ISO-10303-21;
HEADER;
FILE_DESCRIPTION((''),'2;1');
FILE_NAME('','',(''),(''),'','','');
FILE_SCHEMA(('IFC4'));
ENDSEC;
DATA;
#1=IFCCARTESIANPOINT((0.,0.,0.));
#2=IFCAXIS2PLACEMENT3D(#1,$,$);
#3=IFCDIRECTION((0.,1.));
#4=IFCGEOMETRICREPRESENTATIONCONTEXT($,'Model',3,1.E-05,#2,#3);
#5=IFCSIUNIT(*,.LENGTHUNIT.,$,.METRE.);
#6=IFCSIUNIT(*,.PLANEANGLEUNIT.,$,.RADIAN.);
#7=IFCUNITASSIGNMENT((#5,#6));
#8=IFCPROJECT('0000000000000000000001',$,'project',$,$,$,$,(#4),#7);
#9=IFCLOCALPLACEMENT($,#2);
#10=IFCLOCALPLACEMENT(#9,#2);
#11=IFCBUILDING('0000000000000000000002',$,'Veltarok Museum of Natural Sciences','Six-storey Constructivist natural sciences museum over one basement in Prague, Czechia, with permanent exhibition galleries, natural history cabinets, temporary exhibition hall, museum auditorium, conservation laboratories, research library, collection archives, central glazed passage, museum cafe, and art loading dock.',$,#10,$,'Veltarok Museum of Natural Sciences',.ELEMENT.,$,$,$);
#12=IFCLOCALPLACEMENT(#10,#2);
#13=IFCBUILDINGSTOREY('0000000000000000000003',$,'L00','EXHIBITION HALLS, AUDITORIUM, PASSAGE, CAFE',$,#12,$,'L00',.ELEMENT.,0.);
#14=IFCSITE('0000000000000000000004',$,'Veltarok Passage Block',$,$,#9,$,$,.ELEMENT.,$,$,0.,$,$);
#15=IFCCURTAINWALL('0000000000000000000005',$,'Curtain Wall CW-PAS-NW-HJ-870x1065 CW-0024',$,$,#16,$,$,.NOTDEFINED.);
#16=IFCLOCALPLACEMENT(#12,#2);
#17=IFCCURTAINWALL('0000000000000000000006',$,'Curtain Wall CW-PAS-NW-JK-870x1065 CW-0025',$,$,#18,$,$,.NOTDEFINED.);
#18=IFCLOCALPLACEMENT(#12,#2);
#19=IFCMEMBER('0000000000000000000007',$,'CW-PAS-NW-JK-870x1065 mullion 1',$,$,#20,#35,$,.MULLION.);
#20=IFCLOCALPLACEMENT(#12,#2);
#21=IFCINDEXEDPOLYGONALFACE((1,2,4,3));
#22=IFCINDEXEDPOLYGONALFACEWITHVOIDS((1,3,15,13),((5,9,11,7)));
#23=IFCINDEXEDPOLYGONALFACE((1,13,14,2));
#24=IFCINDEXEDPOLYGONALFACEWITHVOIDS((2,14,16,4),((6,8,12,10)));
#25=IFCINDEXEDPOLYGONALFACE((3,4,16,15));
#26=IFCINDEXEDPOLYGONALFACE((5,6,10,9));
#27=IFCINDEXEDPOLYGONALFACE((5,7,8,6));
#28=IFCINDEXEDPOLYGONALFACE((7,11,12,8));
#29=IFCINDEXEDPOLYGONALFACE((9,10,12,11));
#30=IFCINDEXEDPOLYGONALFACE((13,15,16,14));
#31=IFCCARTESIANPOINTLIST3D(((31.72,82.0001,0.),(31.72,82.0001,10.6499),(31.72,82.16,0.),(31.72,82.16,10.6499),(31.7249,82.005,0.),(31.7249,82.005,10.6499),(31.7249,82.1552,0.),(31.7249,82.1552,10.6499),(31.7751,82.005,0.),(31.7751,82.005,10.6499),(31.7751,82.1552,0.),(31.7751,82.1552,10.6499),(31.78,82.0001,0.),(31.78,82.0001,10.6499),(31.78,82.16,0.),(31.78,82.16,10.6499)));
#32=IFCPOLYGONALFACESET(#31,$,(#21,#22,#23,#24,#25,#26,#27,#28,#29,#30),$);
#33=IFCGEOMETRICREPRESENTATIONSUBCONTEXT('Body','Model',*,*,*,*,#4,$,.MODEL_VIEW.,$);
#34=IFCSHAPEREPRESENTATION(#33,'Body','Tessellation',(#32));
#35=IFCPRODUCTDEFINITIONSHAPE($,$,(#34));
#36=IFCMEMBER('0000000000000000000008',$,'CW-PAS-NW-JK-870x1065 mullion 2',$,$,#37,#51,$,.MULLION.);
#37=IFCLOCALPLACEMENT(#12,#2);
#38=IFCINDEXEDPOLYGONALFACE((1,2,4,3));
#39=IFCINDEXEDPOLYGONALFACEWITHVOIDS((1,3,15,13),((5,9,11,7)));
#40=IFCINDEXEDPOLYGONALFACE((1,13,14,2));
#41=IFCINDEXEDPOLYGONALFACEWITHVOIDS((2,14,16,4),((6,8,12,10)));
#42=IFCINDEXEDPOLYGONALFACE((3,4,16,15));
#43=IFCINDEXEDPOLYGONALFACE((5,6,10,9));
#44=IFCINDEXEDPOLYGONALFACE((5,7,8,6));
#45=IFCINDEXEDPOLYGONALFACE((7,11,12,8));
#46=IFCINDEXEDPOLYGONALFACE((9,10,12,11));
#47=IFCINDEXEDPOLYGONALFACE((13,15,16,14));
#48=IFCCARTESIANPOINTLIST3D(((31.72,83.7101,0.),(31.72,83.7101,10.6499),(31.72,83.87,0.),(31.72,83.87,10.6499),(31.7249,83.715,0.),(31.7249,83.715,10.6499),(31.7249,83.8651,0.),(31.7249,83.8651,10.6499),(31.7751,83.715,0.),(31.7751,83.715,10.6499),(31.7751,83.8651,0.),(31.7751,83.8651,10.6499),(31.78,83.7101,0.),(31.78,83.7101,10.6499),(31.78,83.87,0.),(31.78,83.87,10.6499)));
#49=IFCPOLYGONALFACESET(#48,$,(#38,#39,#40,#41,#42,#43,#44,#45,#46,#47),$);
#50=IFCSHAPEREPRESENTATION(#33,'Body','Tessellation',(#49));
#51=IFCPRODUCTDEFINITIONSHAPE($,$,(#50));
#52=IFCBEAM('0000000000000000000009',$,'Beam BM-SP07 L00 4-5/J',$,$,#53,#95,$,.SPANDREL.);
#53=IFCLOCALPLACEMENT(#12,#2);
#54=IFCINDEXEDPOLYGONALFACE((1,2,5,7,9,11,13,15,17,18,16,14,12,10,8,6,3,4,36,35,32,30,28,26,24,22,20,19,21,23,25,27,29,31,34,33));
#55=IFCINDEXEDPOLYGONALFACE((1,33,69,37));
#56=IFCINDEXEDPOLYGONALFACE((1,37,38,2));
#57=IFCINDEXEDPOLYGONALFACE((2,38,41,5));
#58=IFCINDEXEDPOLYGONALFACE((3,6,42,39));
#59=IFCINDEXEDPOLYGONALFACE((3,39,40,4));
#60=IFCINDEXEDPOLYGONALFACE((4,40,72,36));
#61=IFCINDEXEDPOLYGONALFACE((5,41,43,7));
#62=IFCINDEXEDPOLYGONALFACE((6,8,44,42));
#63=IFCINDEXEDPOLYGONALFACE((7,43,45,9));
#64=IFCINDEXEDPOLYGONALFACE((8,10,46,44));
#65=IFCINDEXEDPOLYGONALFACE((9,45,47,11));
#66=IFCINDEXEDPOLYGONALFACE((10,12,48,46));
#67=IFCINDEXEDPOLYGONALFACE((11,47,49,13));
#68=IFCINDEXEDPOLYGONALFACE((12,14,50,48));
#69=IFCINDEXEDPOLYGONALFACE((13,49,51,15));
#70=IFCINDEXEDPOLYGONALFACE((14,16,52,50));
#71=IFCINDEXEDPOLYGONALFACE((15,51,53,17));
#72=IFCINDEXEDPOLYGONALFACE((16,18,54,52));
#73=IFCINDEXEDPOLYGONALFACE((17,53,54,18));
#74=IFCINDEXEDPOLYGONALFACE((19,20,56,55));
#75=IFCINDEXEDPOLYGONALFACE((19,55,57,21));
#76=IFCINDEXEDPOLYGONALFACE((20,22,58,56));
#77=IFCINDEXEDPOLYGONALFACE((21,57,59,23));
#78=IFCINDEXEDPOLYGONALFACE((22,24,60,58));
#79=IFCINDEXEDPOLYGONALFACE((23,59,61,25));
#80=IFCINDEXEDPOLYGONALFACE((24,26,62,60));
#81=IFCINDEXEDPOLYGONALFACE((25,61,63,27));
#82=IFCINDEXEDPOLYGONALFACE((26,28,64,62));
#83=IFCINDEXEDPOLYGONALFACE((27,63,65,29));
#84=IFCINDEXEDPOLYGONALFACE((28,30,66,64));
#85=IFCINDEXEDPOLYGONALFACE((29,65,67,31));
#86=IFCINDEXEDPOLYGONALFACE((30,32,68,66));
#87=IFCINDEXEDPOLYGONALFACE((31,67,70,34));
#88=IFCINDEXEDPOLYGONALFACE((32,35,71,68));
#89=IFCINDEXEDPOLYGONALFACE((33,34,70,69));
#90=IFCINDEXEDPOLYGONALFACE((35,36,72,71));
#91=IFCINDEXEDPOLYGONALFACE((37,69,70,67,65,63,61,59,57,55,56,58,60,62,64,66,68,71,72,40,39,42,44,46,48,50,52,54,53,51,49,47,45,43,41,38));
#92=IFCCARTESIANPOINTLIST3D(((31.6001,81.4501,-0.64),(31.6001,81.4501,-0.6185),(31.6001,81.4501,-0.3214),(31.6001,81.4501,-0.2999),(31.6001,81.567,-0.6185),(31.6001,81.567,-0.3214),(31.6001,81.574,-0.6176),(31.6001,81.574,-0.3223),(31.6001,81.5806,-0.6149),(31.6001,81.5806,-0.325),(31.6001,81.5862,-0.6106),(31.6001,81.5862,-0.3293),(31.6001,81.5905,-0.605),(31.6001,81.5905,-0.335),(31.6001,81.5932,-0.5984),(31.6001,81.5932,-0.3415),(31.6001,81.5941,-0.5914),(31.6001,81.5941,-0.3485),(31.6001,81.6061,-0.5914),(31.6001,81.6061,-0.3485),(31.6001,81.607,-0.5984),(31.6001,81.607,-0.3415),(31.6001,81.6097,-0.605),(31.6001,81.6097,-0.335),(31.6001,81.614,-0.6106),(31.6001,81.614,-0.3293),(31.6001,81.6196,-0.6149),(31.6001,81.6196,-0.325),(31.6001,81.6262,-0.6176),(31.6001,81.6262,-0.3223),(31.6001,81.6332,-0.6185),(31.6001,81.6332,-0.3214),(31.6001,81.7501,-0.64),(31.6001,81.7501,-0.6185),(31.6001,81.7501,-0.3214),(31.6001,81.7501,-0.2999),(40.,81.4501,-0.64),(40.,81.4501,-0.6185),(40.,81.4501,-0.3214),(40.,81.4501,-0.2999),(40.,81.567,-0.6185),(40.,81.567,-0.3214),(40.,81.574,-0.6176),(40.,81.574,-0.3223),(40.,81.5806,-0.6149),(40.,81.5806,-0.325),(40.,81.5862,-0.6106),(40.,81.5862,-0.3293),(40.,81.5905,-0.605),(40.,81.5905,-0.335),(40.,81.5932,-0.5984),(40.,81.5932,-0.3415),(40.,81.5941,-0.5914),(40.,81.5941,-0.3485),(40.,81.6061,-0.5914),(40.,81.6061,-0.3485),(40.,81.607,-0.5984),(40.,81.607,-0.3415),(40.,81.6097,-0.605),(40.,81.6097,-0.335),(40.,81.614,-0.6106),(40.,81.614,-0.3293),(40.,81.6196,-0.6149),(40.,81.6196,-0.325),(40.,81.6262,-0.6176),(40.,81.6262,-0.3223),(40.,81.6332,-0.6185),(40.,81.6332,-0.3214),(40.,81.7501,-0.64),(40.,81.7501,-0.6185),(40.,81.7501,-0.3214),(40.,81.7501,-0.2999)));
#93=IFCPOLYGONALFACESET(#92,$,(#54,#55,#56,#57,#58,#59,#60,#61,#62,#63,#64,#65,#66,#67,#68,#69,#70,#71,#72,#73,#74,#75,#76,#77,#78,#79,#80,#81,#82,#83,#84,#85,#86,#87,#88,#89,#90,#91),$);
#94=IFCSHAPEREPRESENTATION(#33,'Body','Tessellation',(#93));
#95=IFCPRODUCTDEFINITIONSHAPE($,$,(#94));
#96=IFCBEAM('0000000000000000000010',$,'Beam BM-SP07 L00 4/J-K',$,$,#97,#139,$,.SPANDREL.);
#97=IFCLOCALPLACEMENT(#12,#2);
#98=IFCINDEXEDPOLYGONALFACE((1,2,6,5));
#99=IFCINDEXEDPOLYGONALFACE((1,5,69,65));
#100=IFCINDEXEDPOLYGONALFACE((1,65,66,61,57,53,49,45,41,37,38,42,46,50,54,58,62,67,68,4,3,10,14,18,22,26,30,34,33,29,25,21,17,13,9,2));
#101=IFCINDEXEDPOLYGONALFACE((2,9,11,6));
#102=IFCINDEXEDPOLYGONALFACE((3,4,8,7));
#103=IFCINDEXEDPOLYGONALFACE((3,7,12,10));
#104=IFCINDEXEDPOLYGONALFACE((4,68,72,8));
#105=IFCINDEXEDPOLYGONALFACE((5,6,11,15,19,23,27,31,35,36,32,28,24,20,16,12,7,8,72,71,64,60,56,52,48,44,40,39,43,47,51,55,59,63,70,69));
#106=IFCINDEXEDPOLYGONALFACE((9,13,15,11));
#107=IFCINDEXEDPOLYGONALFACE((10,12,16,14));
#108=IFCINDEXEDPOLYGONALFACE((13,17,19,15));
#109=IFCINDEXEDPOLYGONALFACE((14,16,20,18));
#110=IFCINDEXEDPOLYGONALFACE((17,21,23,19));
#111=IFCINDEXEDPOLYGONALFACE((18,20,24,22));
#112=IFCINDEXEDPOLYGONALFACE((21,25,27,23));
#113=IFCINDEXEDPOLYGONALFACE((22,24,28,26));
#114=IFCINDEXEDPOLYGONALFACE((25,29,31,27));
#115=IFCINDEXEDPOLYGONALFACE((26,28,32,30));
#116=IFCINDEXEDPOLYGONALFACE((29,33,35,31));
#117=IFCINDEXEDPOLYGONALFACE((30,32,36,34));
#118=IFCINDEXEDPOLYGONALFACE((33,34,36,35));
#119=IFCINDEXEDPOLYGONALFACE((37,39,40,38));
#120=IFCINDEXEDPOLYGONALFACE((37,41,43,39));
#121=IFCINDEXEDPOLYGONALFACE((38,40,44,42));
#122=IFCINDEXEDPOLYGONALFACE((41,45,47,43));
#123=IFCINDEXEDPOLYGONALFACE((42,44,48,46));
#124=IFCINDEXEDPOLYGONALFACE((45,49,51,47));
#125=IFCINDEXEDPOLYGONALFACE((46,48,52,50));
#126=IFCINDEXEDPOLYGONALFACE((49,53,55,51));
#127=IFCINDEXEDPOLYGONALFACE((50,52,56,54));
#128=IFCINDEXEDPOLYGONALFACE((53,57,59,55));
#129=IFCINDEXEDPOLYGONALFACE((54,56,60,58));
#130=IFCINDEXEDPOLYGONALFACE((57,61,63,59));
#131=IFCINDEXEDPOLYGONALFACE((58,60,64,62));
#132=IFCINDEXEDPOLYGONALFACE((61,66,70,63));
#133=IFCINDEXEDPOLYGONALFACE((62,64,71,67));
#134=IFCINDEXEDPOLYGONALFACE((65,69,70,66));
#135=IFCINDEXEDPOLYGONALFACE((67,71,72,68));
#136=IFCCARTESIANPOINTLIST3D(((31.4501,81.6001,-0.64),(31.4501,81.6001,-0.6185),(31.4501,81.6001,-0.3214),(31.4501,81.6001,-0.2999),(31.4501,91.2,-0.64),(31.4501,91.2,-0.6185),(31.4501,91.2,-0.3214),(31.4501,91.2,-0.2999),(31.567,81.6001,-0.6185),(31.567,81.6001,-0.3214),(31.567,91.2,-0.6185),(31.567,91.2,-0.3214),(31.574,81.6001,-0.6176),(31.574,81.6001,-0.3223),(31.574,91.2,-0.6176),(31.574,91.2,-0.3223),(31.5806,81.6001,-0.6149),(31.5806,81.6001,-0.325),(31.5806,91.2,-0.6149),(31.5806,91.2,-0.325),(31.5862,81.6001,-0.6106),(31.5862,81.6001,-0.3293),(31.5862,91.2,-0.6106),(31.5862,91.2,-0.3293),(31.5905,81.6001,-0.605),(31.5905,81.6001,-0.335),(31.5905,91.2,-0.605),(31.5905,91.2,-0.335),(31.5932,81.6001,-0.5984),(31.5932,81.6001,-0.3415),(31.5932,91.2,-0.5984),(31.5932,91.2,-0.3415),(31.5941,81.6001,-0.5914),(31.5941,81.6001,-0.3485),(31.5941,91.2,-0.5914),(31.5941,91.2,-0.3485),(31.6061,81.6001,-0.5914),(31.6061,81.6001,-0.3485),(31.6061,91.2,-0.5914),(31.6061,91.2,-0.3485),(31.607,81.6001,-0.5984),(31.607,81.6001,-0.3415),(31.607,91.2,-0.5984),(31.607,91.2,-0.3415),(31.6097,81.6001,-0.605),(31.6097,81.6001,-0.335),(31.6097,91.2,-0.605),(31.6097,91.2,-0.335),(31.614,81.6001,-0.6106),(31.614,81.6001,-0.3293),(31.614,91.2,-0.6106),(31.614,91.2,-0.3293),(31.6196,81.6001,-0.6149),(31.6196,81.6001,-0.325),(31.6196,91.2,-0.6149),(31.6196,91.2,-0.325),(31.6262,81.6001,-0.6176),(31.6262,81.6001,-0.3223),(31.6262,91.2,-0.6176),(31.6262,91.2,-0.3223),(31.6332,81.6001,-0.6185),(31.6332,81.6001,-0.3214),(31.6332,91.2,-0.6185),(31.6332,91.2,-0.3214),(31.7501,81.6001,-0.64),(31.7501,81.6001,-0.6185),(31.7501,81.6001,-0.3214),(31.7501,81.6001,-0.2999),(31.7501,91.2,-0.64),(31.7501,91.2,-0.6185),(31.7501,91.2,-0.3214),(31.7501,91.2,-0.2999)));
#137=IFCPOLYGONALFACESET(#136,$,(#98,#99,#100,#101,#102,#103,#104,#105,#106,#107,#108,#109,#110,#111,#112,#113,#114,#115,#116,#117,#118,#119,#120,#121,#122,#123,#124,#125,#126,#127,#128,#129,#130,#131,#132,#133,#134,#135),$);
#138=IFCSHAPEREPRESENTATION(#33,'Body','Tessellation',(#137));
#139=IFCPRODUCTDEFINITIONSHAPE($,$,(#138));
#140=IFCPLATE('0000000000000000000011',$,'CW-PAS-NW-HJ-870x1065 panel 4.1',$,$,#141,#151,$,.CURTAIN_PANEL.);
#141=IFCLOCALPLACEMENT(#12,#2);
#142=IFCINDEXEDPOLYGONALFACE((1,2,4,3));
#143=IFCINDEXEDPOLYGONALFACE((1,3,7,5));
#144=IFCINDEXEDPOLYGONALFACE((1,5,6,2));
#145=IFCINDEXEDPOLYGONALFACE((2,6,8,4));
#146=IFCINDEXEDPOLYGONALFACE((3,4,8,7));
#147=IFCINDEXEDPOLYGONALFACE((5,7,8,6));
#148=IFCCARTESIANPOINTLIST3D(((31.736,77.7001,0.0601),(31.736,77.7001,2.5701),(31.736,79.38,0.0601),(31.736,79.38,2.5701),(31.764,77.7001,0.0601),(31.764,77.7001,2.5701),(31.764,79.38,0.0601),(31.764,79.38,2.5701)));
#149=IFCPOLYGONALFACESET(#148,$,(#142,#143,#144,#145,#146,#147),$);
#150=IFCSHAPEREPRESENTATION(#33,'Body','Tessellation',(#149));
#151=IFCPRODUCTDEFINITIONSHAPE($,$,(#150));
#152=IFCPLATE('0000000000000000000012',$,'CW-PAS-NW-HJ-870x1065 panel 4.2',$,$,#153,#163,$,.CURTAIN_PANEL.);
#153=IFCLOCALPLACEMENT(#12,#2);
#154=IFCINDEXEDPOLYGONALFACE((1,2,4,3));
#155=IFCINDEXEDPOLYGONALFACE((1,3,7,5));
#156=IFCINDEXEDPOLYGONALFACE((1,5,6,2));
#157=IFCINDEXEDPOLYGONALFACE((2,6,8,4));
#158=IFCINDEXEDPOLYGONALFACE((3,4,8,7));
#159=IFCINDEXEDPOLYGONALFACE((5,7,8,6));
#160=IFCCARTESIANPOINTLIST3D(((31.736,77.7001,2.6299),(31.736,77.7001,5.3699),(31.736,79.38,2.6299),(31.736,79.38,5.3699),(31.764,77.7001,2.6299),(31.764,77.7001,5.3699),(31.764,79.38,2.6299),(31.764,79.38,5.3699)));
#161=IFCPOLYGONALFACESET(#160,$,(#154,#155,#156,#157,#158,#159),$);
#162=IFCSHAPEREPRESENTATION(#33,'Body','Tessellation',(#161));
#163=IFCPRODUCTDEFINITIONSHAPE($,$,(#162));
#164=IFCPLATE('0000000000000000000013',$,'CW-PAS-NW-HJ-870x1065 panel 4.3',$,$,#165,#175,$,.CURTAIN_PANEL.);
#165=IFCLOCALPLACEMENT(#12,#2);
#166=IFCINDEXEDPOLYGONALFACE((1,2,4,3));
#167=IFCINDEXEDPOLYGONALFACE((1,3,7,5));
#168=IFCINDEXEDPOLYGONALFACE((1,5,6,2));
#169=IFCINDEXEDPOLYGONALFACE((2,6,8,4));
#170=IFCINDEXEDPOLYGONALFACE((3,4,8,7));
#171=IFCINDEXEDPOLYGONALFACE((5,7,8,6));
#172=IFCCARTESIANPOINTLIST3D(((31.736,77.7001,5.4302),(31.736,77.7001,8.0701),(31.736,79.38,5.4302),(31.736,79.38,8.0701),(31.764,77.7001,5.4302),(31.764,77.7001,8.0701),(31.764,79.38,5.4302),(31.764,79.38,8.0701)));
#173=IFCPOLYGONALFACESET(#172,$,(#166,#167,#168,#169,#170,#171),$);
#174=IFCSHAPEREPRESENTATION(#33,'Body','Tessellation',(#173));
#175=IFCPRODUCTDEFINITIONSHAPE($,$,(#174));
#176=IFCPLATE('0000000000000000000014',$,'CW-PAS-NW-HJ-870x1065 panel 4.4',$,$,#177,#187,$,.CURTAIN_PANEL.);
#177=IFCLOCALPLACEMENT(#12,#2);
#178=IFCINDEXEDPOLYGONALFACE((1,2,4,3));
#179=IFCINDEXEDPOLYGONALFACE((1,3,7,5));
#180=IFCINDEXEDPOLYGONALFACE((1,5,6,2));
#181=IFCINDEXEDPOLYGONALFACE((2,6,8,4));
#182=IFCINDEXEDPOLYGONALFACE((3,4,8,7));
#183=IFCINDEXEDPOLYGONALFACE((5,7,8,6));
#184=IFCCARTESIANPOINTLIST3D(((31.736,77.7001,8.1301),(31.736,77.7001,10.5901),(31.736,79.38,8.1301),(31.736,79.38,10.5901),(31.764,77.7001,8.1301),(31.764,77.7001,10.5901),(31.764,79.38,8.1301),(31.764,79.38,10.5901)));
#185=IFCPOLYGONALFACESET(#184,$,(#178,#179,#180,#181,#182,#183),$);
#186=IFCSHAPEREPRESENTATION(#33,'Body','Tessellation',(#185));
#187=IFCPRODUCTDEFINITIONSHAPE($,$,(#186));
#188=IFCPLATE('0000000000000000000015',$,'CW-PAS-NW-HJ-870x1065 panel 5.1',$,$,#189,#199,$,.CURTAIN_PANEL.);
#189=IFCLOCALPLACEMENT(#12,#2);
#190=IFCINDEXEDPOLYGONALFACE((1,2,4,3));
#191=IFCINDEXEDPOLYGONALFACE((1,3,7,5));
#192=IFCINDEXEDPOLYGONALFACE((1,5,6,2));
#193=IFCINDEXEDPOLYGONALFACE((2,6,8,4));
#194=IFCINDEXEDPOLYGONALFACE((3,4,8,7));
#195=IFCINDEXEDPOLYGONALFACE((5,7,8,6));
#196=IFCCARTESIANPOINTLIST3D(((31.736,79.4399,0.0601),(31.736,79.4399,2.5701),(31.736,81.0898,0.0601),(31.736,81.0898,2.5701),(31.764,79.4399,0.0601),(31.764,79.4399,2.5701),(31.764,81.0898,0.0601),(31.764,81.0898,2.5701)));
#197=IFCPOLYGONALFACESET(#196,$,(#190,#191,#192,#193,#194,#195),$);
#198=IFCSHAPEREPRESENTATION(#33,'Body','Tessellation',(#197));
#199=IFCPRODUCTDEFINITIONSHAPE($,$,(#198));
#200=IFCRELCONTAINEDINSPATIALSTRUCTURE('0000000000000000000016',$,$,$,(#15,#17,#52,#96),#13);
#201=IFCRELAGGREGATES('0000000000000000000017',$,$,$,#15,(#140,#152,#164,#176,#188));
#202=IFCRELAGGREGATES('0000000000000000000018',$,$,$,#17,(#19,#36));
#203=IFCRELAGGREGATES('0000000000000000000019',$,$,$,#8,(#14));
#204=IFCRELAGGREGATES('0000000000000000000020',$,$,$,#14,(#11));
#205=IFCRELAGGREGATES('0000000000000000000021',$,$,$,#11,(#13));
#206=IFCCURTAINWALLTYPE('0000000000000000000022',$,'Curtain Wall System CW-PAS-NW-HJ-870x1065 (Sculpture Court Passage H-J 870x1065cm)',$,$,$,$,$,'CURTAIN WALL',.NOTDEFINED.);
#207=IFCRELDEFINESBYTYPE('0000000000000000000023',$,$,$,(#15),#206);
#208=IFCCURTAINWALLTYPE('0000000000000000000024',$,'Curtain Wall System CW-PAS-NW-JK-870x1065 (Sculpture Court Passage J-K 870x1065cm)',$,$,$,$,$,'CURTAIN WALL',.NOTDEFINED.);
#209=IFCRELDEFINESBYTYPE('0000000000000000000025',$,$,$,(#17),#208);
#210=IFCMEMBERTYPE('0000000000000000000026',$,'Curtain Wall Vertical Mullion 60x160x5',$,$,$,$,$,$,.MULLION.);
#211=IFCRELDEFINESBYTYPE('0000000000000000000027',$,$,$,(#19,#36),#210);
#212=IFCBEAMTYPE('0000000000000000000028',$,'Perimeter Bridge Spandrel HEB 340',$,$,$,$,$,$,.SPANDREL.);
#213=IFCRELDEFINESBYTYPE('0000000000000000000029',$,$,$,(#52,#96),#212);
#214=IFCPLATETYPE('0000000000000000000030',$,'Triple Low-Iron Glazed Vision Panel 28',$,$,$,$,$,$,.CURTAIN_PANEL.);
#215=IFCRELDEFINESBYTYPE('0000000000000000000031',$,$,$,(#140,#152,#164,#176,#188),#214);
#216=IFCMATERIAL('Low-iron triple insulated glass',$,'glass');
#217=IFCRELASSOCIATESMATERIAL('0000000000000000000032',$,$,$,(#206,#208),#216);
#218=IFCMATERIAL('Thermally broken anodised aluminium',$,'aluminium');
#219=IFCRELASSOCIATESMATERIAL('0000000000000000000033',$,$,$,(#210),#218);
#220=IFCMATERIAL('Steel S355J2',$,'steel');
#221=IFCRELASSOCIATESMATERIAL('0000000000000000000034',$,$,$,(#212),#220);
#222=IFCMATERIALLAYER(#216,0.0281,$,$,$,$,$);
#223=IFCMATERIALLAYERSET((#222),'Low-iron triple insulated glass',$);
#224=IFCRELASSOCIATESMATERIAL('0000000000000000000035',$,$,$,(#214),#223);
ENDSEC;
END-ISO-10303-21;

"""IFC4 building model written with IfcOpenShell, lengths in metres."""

from ifc_helpers import new_model, si_unit, direction, frame, origin, origin_2d, place, context, subcontext, project, spatial, rectangle, hollow_rectangle, i_section, extrude, material, layer, layer_set, material_profile, profile_set, type_object, element, aggregate, save


model = new_model("IFC4")

# Units and contexts
model_context = context("Model", 3, precision=1e-05, world=origin(), true_north=direction((0.0, 1.0)))
body_context = subcontext(model_context, "Body", "Model", "MODEL_VIEW")
ifc_project = project(units=[si_unit("LENGTHUNIT", "METRE"), si_unit("PLANEANGLEUNIT", "RADIAN")], contexts=[model_context])

# Site, building, storey
site_placement = place(None, origin())
site = spatial("IfcSite", under=ifc_project, at=site_placement, Name="Veltarok Passage Block", CompositionType="ELEMENT", RefElevation=0.0)
building_placement = place(site_placement, origin())
building = spatial("IfcBuilding", under=site, at=building_placement, Name="Veltarok Museum of Natural Sciences", Description="Six-storey Constructivist natural sciences museum over one basement in Prague, Czechia, with permanent exhibition galleries, natural history cabinets, temporary exhibition hall, museum auditorium, conservation laboratories, research library, collection archives, central glazed passage, museum cafe, and art loading dock.", LongName="Veltarok Museum of Natural Sciences", CompositionType="ELEMENT")
storey_placement = place(building_placement, origin())
storey = spatial("IfcBuildingStorey", under=building, at=storey_placement, Name="L00", Description="EXHIBITION HALLS, AUDITORIUM, PASSAGE, CAFE", LongName="L00", CompositionType="ELEMENT", Elevation=0.0)

# Shared definitions
ifc_material_1 = material(Name="Steel S355J2", Category="steel")

# Curtain walls
ifc_material_2 = material(Name="Low-iron triple insulated glass", Category="glass")
curtain_wall_type_1 = type_object("IfcCurtainWallType", Name="Curtain Wall System CW-PAS-NW-HJ-870x1065 (Sculpture Court Passage H-J 870x1065cm)", ElementType="CURTAIN WALL", PredefinedType="NOTDEFINED", material=ifc_material_2)
curtain_wall_1_placement = place(storey_placement, origin())
curtain_wall_1 = element("IfcCurtainWall", 1, at=curtain_wall_1_placement, inside=storey, type_object=curtain_wall_type_1, Name="Curtain Wall CW-PAS-NW-HJ-870x1065 CW-0024", PredefinedType="NOTDEFINED")
ifc_material_3 = material(Name="Thermally broken anodised aluminium", Category="aluminium")
curtain_wall_type_2 = type_object("IfcCurtainWallType", Name="Curtain Wall System CW-PAS-NW-JK-870x1065 (Sculpture Court Passage J-K 870x1065cm)", ElementType="CURTAIN WALL", PredefinedType="NOTDEFINED", material=ifc_material_2)
curtain_wall_2_placement = place(storey_placement, origin())
curtain_wall_2 = element("IfcCurtainWall", 2, at=curtain_wall_2_placement, inside=storey, type_object=curtain_wall_type_2, Name="Curtain Wall CW-PAS-NW-JK-870x1065 CW-0025", PredefinedType="NOTDEFINED")

# Members
ifc_material_profile_1 = material_profile(ifc_material_3, hollow_rectangle(XDim=0.0601, YDim=0.1599, WallThickness=0.0049, at=origin_2d()), Name="CW MULLION 60x160x5")
ifc_profile_set_1 = profile_set([ifc_material_profile_1], Name="Thermally broken anodised aluminium")
member_type_1 = type_object("IfcMemberType", Name="Curtain Wall Vertical Mullion 60x160x5", PredefinedType="MULLION", material=ifc_profile_set_1)
member_1_placement = place(storey_placement, frame((31.75, 82.0801, 0.0), z_axis=(0.0, 0.0, 1.0), x_axis=(-1.0, 0.0, 0.0)))
member_1 = element("IfcMember", 3, at=member_1_placement, type_object=member_type_1, Name="CW-PAS-NW-JK-870x1065 mullion 1", PredefinedType="MULLION", context=body_context, shape_type="SweptSolid", body=[
    extrude(hollow_rectangle(XDim=0.0601, YDim=0.1599, WallThickness=0.0049, at=origin_2d()), origin(), (0.0, 0.0, 1.0), 10.6499),
])
member_2_placement = place(storey_placement, frame((31.75, 83.79, 0.0), z_axis=(0.0, 0.0, 1.0), x_axis=(-1.0, 0.0, 0.0)))
member_2 = element("IfcMember", 4, at=member_2_placement, type_object=member_type_1, Name="CW-PAS-NW-JK-870x1065 mullion 2", PredefinedType="MULLION", context=body_context, shape_type="SweptSolid", body=[
    extrude(hollow_rectangle(XDim=0.0601, YDim=0.1599, WallThickness=0.0049, at=origin_2d()), origin(), (0.0, 0.0, 1.0), 10.6499),
])

# Beams
ifc_material_profile_2 = material_profile(ifc_material_1, i_section(OverallWidth=0.3, OverallDepth=0.3401, WebThickness=0.012, FlangeThickness=0.0215, FilletRadius=0.0271, at=origin_2d()), Name="HEB 340")
ifc_profile_set_2 = profile_set([ifc_material_profile_2], Name="Steel S355J2")
beam_type = type_object("IfcBeamType", Name="Perimeter Bridge Spandrel HEB 340", PredefinedType="SPANDREL", material=ifc_profile_set_2)
beam_1_placement = place(storey_placement, frame((31.6001, 81.6001, -0.47), z_axis=(1.0, 0.0, 0.0), x_axis=(0.0, 1.0, 0.0)))
element("IfcBeam", 5, at=beam_1_placement, inside=storey, type_object=beam_type, Name="Beam BM-SP07 L00 4-5/J", PredefinedType="SPANDREL", context=body_context, shape_type="SweptSolid", body=[
    extrude(i_section(OverallWidth=0.3, OverallDepth=0.3401, WebThickness=0.012, FlangeThickness=0.0215, FilletRadius=0.0271, at=origin_2d()), origin(), (0.0, 0.0, 1.0), 8.3999),
])
beam_2_placement = place(storey_placement, frame((31.6001, 81.6001, -0.47), z_axis=(0.0, 1.0, 0.0), x_axis=(-1.0, 0.0, 0.0)))
element("IfcBeam", 6, at=beam_2_placement, inside=storey, type_object=beam_type, Name="Beam BM-SP07 L00 4/J-K", PredefinedType="SPANDREL", context=body_context, shape_type="SweptSolid", body=[
    extrude(i_section(OverallWidth=0.3, OverallDepth=0.3401, WebThickness=0.012, FlangeThickness=0.0215, FilletRadius=0.0271, at=origin_2d()), origin(), (0.0, 0.0, 1.0), 9.5999),
])

# Plates
ifc_layer = layer(ifc_material_2, 0.0281)
ifc_layer_set = layer_set([ifc_layer], Name="Low-iron triple insulated glass")
plate_type = type_object("IfcPlateType", Name="Triple Low-Iron Glazed Vision Panel 28", PredefinedType="CURTAIN_PANEL", material=ifc_layer_set)
plate_1_placement = place(storey_placement, frame((31.75, 78.54, 0.0601), z_axis=(0.0, 0.0, 1.0), x_axis=(0.0, 1.0, 0.0)))
plate_1 = element("IfcPlate", 7, at=plate_1_placement, type_object=plate_type, Name="CW-PAS-NW-HJ-870x1065 panel 4.1", PredefinedType="CURTAIN_PANEL", context=body_context, shape_type="SweptSolid", body=[
    extrude(rectangle(XDim=1.6799, YDim=0.0281, at=origin_2d()), origin(), (0.0, 0.0, 1.0), 2.51),
])
plate_2_placement = place(storey_placement, frame((31.75, 78.54, 2.6299), z_axis=(0.0, 0.0, 1.0), x_axis=(0.0, 1.0, 0.0)))
plate_2 = element("IfcPlate", 8, at=plate_2_placement, type_object=plate_type, Name="CW-PAS-NW-HJ-870x1065 panel 4.2", PredefinedType="CURTAIN_PANEL", context=body_context, shape_type="SweptSolid", body=[
    extrude(rectangle(XDim=1.6799, YDim=0.0281, at=origin_2d()), origin(), (0.0, 0.0, 1.0), 2.74),
])
plate_3_placement = place(storey_placement, frame((31.75, 78.54, 5.4302), z_axis=(0.0, 0.0, 1.0), x_axis=(0.0, 1.0, 0.0)))
plate_3 = element("IfcPlate", 9, at=plate_3_placement, type_object=plate_type, Name="CW-PAS-NW-HJ-870x1065 panel 4.3", PredefinedType="CURTAIN_PANEL", context=body_context, shape_type="SweptSolid", body=[
    extrude(rectangle(XDim=1.6799, YDim=0.0281, at=origin_2d()), origin(), (0.0, 0.0, 1.0), 2.6399),
])
plate_4_placement = place(storey_placement, frame((31.75, 78.54, 8.1301), z_axis=(0.0, 0.0, 1.0), x_axis=(0.0, 1.0, 0.0)))
plate_4 = element("IfcPlate", 10, at=plate_4_placement, type_object=plate_type, Name="CW-PAS-NW-HJ-870x1065 panel 4.4", PredefinedType="CURTAIN_PANEL", context=body_context, shape_type="SweptSolid", body=[
    extrude(rectangle(XDim=1.6799, YDim=0.0281, at=origin_2d()), origin(), (0.0, 0.0, 1.0), 2.46),
])
plate_5_placement = place(storey_placement, frame((31.75, 80.2649, 0.0601), z_axis=(0.0, 0.0, 1.0), x_axis=(0.0, 1.0, 0.0)))
plate_5 = element("IfcPlate", 11, at=plate_5_placement, type_object=plate_type, Name="CW-PAS-NW-HJ-870x1065 panel 5.1", PredefinedType="CURTAIN_PANEL", context=body_context, shape_type="SweptSolid", body=[
    extrude(rectangle(XDim=1.6499, YDim=0.0281, at=origin_2d()), origin(), (0.0, 0.0, 1.0), 2.51),
])
aggregate(curtain_wall_1, [plate_1, plate_2, plate_3, plate_4, plate_5])
aggregate(curtain_wall_2, [member_1, member_2])

save(model, "model.ifc")
